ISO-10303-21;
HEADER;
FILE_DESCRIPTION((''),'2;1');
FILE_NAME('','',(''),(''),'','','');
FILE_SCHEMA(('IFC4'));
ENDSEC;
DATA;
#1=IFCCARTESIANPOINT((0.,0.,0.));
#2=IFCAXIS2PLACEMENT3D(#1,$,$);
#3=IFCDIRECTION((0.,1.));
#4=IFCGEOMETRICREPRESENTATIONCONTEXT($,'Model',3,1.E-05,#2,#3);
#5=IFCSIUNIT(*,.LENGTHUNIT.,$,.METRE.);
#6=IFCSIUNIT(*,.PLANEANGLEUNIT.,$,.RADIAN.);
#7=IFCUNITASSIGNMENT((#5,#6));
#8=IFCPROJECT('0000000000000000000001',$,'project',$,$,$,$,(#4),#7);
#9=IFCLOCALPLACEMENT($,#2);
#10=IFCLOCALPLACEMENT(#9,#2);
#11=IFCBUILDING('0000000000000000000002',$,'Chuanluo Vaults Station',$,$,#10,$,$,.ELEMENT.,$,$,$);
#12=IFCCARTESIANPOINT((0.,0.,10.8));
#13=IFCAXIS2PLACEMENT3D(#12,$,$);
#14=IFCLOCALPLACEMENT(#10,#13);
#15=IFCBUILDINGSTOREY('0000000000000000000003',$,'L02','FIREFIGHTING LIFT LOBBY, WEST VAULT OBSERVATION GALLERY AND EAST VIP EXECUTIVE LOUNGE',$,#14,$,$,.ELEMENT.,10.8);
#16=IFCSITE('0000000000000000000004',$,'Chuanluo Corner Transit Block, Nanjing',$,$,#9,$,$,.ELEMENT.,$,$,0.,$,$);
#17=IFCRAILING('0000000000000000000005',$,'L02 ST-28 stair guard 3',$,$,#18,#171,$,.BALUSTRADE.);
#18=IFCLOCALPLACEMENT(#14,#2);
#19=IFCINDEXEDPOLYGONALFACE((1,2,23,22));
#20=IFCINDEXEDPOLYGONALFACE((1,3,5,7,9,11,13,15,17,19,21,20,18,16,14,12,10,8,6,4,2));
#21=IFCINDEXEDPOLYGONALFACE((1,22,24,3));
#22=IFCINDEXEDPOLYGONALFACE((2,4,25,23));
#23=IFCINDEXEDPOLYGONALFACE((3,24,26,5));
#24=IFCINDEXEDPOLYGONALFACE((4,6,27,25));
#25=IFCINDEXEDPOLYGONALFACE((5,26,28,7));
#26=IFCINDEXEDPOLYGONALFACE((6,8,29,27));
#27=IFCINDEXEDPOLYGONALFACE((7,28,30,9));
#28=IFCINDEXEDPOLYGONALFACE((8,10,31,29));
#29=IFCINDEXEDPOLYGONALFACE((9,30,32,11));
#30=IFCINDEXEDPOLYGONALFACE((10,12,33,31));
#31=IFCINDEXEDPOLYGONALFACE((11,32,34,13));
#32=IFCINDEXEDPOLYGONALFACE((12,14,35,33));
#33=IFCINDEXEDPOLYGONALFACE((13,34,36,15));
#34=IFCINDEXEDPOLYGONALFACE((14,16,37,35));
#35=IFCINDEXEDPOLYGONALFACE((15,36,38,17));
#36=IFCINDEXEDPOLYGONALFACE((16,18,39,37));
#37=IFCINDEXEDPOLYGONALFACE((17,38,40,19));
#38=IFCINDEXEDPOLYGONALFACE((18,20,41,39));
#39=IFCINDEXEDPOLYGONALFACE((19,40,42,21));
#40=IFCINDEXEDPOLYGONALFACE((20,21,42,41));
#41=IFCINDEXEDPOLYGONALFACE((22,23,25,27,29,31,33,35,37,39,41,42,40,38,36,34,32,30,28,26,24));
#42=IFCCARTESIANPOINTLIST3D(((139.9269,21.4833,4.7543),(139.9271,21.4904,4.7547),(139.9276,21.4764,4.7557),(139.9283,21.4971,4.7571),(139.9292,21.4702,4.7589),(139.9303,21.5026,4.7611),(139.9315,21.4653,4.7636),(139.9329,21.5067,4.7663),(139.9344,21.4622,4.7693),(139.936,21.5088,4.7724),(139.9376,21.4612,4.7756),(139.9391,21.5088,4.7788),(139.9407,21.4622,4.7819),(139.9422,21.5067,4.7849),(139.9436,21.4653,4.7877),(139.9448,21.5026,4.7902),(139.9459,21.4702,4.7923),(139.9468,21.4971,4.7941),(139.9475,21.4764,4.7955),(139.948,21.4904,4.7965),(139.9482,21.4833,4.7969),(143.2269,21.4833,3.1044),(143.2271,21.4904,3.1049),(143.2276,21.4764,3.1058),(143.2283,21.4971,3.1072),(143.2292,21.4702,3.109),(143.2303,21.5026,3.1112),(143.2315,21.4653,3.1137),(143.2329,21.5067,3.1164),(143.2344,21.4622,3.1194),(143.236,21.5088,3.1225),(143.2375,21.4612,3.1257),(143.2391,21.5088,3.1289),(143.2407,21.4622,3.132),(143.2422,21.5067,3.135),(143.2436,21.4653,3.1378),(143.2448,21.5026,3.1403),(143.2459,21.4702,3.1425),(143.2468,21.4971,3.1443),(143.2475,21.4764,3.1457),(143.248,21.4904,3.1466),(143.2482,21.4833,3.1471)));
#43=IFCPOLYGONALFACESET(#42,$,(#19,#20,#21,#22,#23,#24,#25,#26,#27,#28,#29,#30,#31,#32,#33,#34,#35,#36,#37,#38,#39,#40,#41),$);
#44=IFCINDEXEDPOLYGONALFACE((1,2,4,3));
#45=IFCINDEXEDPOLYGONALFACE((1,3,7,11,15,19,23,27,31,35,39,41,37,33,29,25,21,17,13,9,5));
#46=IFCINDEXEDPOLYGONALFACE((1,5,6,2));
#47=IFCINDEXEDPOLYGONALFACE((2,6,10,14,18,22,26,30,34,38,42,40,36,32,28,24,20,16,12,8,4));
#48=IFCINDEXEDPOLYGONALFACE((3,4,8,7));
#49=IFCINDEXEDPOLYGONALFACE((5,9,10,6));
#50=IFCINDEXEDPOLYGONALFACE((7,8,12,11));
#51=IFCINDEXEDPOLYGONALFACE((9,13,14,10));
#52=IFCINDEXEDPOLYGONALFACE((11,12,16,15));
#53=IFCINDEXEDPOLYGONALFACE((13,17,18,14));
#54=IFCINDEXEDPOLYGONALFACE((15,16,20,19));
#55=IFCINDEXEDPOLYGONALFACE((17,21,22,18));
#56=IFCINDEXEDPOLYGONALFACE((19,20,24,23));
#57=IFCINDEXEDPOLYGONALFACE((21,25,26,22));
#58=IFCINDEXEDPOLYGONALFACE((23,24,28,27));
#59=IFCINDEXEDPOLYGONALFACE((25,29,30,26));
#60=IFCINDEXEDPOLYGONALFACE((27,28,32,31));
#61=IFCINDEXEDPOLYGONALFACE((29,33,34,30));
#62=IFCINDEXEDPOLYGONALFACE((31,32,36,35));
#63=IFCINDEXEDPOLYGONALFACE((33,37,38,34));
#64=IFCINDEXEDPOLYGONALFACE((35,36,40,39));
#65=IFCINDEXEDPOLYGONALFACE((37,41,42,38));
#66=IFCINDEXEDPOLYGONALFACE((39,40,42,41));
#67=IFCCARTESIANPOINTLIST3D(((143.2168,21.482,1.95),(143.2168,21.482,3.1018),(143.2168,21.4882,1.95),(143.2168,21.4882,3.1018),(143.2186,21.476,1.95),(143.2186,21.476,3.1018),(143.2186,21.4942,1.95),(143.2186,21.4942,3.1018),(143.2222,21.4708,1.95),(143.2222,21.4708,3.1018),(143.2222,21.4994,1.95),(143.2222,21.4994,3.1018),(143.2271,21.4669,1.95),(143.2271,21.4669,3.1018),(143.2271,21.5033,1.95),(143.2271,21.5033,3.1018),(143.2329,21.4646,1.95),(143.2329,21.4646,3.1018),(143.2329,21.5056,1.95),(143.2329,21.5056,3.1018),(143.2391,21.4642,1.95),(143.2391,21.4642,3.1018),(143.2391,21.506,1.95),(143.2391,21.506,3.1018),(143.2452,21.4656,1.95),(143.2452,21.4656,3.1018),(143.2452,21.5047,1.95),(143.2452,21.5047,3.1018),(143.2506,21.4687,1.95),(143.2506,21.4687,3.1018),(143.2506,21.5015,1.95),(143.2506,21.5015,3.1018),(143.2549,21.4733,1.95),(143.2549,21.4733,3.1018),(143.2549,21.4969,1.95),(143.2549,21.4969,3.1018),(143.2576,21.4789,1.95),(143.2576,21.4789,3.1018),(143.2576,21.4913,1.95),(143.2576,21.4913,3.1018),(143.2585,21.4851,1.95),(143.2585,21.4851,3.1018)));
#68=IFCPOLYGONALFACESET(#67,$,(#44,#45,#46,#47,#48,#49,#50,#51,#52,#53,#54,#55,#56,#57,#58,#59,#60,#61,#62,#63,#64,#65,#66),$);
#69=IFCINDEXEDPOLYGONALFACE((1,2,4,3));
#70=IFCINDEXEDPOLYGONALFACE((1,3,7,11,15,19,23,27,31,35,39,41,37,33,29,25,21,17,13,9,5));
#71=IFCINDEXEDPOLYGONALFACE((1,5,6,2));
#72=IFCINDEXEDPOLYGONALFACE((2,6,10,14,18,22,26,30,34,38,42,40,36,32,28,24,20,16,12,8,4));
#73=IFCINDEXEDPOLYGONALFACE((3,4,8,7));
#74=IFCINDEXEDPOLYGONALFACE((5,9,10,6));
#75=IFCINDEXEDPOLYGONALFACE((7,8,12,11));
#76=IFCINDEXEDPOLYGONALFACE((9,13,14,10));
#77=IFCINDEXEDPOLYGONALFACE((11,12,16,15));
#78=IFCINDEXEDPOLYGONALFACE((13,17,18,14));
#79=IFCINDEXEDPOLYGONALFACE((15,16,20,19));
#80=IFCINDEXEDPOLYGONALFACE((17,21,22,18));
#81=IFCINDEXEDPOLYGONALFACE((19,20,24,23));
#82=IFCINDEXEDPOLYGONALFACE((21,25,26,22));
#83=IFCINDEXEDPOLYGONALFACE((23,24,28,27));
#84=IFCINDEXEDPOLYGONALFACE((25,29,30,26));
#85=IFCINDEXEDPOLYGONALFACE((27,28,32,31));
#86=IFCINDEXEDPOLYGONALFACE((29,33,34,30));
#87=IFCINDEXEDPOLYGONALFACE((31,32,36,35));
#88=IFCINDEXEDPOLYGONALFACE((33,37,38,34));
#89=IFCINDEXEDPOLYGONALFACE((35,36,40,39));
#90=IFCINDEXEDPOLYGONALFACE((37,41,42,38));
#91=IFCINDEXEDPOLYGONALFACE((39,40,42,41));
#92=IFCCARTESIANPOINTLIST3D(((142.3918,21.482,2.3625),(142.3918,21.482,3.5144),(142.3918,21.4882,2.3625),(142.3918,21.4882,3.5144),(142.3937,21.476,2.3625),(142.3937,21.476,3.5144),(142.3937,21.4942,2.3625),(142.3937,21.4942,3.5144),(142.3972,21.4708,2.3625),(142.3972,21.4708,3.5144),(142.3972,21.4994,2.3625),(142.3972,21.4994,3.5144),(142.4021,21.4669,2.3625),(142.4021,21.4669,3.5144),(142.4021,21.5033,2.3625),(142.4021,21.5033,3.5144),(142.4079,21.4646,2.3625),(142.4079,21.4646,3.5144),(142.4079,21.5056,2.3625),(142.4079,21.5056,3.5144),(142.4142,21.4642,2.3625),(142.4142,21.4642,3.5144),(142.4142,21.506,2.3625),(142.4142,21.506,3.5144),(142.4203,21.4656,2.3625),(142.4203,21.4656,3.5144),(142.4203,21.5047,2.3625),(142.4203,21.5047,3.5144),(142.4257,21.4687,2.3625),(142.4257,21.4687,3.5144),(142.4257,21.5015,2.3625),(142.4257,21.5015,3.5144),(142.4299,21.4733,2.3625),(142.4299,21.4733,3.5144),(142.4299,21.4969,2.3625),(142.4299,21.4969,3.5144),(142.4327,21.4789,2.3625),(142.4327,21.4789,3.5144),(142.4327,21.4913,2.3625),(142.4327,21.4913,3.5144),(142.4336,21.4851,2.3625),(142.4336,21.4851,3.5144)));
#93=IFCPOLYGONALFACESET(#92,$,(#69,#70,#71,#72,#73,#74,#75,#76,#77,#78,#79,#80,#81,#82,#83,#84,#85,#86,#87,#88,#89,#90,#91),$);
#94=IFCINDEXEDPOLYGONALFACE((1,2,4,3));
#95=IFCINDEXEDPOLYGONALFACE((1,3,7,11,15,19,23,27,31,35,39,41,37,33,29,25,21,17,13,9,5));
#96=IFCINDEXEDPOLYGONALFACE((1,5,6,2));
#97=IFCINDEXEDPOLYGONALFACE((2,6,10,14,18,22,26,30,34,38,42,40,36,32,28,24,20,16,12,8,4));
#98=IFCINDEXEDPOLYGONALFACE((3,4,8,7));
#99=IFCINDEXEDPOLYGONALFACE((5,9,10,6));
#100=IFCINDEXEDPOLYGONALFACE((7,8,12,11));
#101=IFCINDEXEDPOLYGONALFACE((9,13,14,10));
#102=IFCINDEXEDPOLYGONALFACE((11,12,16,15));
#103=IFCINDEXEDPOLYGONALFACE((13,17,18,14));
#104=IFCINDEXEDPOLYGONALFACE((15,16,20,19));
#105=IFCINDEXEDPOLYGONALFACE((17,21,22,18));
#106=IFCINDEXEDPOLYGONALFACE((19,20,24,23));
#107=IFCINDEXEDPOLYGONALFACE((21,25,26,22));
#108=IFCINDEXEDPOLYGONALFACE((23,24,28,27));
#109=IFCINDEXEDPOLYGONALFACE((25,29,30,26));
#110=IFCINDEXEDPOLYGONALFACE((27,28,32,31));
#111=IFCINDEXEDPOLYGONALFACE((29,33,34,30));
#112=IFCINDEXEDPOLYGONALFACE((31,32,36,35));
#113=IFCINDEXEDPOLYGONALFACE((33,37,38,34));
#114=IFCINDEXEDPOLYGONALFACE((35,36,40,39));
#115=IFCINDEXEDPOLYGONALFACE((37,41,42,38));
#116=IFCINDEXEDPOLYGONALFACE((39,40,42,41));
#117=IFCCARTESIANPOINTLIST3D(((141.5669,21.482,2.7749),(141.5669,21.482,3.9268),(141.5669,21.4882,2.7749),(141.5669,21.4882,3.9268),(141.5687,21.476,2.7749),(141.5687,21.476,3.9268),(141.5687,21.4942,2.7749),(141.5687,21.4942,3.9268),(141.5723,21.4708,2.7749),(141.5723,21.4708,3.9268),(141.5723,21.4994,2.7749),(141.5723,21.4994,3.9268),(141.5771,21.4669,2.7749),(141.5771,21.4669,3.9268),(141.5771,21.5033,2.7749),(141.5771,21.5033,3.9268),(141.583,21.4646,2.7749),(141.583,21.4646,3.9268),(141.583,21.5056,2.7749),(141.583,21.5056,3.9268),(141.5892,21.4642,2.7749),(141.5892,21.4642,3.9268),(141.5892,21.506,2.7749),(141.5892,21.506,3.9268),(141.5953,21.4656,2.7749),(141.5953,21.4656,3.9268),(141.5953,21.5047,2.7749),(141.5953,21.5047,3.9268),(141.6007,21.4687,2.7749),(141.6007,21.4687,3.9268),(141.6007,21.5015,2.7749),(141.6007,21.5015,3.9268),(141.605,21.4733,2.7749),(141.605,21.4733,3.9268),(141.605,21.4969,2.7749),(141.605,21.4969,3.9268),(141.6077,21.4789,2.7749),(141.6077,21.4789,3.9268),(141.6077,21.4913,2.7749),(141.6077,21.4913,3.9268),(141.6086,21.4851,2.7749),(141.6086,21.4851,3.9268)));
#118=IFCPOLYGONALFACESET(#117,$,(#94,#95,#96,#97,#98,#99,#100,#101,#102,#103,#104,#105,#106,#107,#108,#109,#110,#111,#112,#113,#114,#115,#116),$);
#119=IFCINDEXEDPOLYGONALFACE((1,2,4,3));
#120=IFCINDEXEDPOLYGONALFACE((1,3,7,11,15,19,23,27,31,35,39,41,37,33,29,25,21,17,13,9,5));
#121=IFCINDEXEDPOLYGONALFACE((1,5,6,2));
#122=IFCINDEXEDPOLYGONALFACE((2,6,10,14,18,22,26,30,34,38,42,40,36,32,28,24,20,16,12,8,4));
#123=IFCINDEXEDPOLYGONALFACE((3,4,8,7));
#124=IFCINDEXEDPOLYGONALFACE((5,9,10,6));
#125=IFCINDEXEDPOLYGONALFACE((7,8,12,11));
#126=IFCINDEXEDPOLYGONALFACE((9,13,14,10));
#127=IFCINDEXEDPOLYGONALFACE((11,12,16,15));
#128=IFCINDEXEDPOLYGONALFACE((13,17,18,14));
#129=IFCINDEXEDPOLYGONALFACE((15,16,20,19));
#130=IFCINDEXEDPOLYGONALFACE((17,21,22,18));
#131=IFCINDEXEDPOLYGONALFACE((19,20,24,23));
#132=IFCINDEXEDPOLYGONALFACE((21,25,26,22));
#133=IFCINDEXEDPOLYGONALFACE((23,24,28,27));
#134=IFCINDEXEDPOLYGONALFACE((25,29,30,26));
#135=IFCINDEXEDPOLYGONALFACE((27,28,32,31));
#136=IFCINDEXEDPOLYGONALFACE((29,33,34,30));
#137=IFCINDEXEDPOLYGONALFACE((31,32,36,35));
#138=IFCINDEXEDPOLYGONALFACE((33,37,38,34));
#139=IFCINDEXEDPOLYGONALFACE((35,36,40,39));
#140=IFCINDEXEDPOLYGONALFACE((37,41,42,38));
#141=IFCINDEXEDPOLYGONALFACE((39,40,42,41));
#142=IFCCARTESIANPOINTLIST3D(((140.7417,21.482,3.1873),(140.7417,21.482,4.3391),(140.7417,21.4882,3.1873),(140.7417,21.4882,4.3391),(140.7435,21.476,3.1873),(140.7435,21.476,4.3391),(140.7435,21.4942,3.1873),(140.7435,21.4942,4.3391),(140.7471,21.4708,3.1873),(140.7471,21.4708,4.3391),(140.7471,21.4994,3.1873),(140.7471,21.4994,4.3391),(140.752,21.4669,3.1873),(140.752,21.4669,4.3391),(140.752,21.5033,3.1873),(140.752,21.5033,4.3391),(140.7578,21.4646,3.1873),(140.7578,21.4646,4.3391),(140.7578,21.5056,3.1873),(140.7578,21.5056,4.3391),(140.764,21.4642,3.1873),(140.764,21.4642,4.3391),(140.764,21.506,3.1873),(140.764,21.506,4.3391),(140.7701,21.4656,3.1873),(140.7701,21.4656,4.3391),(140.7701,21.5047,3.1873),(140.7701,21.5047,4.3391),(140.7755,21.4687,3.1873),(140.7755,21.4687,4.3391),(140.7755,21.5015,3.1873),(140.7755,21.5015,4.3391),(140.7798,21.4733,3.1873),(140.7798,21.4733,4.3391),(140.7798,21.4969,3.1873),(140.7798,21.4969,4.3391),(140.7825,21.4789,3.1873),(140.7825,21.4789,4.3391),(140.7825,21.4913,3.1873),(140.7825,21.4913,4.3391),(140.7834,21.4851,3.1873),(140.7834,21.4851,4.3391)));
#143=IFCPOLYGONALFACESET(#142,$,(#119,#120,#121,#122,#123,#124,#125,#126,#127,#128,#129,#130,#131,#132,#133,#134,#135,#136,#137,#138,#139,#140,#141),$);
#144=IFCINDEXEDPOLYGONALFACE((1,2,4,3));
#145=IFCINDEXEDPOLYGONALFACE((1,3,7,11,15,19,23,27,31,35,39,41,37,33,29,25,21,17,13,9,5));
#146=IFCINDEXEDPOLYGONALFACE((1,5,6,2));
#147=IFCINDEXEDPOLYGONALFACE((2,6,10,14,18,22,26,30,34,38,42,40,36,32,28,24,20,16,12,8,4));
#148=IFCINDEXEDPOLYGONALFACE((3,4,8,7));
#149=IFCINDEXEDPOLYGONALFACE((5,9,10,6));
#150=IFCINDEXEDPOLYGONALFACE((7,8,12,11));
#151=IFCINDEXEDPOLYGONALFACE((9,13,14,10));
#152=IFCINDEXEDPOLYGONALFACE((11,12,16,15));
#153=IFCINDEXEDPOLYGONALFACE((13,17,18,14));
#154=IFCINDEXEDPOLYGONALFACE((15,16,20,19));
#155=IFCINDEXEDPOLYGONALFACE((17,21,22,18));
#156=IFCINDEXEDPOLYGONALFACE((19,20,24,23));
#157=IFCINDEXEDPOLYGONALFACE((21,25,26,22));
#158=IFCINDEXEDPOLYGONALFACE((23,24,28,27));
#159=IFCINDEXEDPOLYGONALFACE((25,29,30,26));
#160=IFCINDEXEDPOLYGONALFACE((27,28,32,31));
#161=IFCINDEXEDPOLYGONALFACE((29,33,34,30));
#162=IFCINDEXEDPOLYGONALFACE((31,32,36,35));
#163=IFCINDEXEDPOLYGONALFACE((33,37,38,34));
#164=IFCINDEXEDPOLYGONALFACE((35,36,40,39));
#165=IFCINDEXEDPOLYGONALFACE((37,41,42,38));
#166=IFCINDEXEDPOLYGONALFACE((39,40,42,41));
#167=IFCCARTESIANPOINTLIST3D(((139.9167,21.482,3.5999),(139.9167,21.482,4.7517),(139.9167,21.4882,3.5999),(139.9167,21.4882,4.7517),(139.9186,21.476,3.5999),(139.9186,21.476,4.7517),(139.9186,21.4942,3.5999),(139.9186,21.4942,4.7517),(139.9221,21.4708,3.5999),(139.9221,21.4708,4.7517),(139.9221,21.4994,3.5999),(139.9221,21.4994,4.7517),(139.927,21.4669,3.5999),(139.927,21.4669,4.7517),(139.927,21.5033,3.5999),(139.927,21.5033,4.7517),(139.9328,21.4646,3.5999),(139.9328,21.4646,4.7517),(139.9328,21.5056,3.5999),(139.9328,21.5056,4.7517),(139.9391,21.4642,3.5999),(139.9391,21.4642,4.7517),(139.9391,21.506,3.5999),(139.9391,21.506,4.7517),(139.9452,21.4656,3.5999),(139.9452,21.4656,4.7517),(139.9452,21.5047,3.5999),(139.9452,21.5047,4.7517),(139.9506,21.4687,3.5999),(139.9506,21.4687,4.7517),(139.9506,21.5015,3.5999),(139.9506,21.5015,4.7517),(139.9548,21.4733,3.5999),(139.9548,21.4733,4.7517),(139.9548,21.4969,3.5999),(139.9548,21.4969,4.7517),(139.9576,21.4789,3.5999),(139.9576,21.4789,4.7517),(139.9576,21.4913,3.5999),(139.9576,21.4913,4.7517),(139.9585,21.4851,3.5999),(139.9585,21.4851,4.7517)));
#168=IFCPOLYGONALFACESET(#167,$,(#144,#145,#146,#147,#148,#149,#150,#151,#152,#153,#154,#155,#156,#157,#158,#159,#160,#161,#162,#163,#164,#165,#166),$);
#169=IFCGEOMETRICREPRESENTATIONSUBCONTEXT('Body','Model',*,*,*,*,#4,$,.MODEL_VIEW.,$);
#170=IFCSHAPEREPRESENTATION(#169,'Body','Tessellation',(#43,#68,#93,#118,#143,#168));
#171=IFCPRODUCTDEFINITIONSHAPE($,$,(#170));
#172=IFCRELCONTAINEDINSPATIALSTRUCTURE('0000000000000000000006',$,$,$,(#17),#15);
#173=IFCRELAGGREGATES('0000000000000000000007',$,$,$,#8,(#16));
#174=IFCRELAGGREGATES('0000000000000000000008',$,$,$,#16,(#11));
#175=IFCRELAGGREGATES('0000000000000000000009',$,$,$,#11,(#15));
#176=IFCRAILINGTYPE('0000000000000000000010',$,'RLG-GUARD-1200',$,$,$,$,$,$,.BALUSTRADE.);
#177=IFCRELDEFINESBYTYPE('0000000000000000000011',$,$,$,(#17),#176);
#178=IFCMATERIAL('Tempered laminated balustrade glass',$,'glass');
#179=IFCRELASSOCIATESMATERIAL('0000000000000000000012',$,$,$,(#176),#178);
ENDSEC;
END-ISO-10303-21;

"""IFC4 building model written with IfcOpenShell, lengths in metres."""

from ifc_helpers import new_model, si_unit, direction, frame, origin, origin_2d, place, context, subcontext, project, spatial, circle, extrude, material, type_object, element, save


model = new_model("IFC4")

# Units and contexts
model_context = context("Model", 3, precision=1e-05, world=origin(), true_north=direction((0.0, 1.0)))
body_context = subcontext(model_context, "Body", "Model", "MODEL_VIEW")
ifc_project = project(units=[si_unit("LENGTHUNIT", "METRE"), si_unit("PLANEANGLEUNIT", "RADIAN")], contexts=[model_context])

# Site, building, storey
site_placement = place(None, origin())
site = spatial("IfcSite", under=ifc_project, at=site_placement, Name="Chuanluo Corner Transit Block, Nanjing", CompositionType="ELEMENT", RefElevation=0.0)
building_placement = place(site_placement, origin())
building = spatial("IfcBuilding", under=site, at=building_placement, Name="Chuanluo Vaults Station", CompositionType="ELEMENT")
storey_placement = place(building_placement, frame((0.0, 0.0, 10.8)))
storey = spatial("IfcBuildingStorey", under=building, at=storey_placement, Name="L02", Description="FIREFIGHTING LIFT LOBBY, WEST VAULT OBSERVATION GALLERY AND EAST VIP EXECUTIVE LOUNGE", CompositionType="ELEMENT", Elevation=10.8)

# Railing
ifc_material_1 = material(Name="Tempered laminated balustrade glass", Category="glass")
railing_type_1 = type_object("IfcRailingType", Name="RLG-GUARD-1200", PredefinedType="BALUSTRADE", material=ifc_material_1)
railing_1_placement = place(storey_placement, frame((143.2375, 21.4851, 1.95)))
element("IfcRailing", 1, at=railing_1_placement, inside=storey, type_object=railing_type_1, Name="L02 ST-28 stair guard 3", PredefinedType="BALUSTRADE", context=body_context, shape_type="SweptSolid", body=[
    extrude(circle(Radius=0.0239, at=origin_2d()), frame((0.0, 0.0, 1.1758), z_axis=(-0.89444, 0.0, 0.447187), x_axis=(0.0, -1.0, 0.0)), (0.0, 0.0, 1.0), 3.6895),
    extrude(circle(Radius=0.021, at=origin_2d()), origin(), (0.0, 0.0, 1.0), 1.1519),
    extrude(circle(Radius=0.021, at=origin_2d()), frame((-0.825, 0.0, 0.4126)), (0.0, 0.0, 1.0), 1.1519),
    extrude(circle(Radius=0.021, at=origin_2d()), frame((-1.6499, 0.0, 0.825)), (0.0, 0.0, 1.0), 1.1519),
    extrude(circle(Radius=0.021, at=origin_2d()), frame((-2.4751, 0.0, 1.2373)), (0.0, 0.0, 1.0), 1.1519),
    extrude(circle(Radius=0.021, at=origin_2d()), frame((-3.3, 0.0, 1.6499)), (0.0, 0.0, 1.0), 1.1519),
])

save(model, "model.ifc")
